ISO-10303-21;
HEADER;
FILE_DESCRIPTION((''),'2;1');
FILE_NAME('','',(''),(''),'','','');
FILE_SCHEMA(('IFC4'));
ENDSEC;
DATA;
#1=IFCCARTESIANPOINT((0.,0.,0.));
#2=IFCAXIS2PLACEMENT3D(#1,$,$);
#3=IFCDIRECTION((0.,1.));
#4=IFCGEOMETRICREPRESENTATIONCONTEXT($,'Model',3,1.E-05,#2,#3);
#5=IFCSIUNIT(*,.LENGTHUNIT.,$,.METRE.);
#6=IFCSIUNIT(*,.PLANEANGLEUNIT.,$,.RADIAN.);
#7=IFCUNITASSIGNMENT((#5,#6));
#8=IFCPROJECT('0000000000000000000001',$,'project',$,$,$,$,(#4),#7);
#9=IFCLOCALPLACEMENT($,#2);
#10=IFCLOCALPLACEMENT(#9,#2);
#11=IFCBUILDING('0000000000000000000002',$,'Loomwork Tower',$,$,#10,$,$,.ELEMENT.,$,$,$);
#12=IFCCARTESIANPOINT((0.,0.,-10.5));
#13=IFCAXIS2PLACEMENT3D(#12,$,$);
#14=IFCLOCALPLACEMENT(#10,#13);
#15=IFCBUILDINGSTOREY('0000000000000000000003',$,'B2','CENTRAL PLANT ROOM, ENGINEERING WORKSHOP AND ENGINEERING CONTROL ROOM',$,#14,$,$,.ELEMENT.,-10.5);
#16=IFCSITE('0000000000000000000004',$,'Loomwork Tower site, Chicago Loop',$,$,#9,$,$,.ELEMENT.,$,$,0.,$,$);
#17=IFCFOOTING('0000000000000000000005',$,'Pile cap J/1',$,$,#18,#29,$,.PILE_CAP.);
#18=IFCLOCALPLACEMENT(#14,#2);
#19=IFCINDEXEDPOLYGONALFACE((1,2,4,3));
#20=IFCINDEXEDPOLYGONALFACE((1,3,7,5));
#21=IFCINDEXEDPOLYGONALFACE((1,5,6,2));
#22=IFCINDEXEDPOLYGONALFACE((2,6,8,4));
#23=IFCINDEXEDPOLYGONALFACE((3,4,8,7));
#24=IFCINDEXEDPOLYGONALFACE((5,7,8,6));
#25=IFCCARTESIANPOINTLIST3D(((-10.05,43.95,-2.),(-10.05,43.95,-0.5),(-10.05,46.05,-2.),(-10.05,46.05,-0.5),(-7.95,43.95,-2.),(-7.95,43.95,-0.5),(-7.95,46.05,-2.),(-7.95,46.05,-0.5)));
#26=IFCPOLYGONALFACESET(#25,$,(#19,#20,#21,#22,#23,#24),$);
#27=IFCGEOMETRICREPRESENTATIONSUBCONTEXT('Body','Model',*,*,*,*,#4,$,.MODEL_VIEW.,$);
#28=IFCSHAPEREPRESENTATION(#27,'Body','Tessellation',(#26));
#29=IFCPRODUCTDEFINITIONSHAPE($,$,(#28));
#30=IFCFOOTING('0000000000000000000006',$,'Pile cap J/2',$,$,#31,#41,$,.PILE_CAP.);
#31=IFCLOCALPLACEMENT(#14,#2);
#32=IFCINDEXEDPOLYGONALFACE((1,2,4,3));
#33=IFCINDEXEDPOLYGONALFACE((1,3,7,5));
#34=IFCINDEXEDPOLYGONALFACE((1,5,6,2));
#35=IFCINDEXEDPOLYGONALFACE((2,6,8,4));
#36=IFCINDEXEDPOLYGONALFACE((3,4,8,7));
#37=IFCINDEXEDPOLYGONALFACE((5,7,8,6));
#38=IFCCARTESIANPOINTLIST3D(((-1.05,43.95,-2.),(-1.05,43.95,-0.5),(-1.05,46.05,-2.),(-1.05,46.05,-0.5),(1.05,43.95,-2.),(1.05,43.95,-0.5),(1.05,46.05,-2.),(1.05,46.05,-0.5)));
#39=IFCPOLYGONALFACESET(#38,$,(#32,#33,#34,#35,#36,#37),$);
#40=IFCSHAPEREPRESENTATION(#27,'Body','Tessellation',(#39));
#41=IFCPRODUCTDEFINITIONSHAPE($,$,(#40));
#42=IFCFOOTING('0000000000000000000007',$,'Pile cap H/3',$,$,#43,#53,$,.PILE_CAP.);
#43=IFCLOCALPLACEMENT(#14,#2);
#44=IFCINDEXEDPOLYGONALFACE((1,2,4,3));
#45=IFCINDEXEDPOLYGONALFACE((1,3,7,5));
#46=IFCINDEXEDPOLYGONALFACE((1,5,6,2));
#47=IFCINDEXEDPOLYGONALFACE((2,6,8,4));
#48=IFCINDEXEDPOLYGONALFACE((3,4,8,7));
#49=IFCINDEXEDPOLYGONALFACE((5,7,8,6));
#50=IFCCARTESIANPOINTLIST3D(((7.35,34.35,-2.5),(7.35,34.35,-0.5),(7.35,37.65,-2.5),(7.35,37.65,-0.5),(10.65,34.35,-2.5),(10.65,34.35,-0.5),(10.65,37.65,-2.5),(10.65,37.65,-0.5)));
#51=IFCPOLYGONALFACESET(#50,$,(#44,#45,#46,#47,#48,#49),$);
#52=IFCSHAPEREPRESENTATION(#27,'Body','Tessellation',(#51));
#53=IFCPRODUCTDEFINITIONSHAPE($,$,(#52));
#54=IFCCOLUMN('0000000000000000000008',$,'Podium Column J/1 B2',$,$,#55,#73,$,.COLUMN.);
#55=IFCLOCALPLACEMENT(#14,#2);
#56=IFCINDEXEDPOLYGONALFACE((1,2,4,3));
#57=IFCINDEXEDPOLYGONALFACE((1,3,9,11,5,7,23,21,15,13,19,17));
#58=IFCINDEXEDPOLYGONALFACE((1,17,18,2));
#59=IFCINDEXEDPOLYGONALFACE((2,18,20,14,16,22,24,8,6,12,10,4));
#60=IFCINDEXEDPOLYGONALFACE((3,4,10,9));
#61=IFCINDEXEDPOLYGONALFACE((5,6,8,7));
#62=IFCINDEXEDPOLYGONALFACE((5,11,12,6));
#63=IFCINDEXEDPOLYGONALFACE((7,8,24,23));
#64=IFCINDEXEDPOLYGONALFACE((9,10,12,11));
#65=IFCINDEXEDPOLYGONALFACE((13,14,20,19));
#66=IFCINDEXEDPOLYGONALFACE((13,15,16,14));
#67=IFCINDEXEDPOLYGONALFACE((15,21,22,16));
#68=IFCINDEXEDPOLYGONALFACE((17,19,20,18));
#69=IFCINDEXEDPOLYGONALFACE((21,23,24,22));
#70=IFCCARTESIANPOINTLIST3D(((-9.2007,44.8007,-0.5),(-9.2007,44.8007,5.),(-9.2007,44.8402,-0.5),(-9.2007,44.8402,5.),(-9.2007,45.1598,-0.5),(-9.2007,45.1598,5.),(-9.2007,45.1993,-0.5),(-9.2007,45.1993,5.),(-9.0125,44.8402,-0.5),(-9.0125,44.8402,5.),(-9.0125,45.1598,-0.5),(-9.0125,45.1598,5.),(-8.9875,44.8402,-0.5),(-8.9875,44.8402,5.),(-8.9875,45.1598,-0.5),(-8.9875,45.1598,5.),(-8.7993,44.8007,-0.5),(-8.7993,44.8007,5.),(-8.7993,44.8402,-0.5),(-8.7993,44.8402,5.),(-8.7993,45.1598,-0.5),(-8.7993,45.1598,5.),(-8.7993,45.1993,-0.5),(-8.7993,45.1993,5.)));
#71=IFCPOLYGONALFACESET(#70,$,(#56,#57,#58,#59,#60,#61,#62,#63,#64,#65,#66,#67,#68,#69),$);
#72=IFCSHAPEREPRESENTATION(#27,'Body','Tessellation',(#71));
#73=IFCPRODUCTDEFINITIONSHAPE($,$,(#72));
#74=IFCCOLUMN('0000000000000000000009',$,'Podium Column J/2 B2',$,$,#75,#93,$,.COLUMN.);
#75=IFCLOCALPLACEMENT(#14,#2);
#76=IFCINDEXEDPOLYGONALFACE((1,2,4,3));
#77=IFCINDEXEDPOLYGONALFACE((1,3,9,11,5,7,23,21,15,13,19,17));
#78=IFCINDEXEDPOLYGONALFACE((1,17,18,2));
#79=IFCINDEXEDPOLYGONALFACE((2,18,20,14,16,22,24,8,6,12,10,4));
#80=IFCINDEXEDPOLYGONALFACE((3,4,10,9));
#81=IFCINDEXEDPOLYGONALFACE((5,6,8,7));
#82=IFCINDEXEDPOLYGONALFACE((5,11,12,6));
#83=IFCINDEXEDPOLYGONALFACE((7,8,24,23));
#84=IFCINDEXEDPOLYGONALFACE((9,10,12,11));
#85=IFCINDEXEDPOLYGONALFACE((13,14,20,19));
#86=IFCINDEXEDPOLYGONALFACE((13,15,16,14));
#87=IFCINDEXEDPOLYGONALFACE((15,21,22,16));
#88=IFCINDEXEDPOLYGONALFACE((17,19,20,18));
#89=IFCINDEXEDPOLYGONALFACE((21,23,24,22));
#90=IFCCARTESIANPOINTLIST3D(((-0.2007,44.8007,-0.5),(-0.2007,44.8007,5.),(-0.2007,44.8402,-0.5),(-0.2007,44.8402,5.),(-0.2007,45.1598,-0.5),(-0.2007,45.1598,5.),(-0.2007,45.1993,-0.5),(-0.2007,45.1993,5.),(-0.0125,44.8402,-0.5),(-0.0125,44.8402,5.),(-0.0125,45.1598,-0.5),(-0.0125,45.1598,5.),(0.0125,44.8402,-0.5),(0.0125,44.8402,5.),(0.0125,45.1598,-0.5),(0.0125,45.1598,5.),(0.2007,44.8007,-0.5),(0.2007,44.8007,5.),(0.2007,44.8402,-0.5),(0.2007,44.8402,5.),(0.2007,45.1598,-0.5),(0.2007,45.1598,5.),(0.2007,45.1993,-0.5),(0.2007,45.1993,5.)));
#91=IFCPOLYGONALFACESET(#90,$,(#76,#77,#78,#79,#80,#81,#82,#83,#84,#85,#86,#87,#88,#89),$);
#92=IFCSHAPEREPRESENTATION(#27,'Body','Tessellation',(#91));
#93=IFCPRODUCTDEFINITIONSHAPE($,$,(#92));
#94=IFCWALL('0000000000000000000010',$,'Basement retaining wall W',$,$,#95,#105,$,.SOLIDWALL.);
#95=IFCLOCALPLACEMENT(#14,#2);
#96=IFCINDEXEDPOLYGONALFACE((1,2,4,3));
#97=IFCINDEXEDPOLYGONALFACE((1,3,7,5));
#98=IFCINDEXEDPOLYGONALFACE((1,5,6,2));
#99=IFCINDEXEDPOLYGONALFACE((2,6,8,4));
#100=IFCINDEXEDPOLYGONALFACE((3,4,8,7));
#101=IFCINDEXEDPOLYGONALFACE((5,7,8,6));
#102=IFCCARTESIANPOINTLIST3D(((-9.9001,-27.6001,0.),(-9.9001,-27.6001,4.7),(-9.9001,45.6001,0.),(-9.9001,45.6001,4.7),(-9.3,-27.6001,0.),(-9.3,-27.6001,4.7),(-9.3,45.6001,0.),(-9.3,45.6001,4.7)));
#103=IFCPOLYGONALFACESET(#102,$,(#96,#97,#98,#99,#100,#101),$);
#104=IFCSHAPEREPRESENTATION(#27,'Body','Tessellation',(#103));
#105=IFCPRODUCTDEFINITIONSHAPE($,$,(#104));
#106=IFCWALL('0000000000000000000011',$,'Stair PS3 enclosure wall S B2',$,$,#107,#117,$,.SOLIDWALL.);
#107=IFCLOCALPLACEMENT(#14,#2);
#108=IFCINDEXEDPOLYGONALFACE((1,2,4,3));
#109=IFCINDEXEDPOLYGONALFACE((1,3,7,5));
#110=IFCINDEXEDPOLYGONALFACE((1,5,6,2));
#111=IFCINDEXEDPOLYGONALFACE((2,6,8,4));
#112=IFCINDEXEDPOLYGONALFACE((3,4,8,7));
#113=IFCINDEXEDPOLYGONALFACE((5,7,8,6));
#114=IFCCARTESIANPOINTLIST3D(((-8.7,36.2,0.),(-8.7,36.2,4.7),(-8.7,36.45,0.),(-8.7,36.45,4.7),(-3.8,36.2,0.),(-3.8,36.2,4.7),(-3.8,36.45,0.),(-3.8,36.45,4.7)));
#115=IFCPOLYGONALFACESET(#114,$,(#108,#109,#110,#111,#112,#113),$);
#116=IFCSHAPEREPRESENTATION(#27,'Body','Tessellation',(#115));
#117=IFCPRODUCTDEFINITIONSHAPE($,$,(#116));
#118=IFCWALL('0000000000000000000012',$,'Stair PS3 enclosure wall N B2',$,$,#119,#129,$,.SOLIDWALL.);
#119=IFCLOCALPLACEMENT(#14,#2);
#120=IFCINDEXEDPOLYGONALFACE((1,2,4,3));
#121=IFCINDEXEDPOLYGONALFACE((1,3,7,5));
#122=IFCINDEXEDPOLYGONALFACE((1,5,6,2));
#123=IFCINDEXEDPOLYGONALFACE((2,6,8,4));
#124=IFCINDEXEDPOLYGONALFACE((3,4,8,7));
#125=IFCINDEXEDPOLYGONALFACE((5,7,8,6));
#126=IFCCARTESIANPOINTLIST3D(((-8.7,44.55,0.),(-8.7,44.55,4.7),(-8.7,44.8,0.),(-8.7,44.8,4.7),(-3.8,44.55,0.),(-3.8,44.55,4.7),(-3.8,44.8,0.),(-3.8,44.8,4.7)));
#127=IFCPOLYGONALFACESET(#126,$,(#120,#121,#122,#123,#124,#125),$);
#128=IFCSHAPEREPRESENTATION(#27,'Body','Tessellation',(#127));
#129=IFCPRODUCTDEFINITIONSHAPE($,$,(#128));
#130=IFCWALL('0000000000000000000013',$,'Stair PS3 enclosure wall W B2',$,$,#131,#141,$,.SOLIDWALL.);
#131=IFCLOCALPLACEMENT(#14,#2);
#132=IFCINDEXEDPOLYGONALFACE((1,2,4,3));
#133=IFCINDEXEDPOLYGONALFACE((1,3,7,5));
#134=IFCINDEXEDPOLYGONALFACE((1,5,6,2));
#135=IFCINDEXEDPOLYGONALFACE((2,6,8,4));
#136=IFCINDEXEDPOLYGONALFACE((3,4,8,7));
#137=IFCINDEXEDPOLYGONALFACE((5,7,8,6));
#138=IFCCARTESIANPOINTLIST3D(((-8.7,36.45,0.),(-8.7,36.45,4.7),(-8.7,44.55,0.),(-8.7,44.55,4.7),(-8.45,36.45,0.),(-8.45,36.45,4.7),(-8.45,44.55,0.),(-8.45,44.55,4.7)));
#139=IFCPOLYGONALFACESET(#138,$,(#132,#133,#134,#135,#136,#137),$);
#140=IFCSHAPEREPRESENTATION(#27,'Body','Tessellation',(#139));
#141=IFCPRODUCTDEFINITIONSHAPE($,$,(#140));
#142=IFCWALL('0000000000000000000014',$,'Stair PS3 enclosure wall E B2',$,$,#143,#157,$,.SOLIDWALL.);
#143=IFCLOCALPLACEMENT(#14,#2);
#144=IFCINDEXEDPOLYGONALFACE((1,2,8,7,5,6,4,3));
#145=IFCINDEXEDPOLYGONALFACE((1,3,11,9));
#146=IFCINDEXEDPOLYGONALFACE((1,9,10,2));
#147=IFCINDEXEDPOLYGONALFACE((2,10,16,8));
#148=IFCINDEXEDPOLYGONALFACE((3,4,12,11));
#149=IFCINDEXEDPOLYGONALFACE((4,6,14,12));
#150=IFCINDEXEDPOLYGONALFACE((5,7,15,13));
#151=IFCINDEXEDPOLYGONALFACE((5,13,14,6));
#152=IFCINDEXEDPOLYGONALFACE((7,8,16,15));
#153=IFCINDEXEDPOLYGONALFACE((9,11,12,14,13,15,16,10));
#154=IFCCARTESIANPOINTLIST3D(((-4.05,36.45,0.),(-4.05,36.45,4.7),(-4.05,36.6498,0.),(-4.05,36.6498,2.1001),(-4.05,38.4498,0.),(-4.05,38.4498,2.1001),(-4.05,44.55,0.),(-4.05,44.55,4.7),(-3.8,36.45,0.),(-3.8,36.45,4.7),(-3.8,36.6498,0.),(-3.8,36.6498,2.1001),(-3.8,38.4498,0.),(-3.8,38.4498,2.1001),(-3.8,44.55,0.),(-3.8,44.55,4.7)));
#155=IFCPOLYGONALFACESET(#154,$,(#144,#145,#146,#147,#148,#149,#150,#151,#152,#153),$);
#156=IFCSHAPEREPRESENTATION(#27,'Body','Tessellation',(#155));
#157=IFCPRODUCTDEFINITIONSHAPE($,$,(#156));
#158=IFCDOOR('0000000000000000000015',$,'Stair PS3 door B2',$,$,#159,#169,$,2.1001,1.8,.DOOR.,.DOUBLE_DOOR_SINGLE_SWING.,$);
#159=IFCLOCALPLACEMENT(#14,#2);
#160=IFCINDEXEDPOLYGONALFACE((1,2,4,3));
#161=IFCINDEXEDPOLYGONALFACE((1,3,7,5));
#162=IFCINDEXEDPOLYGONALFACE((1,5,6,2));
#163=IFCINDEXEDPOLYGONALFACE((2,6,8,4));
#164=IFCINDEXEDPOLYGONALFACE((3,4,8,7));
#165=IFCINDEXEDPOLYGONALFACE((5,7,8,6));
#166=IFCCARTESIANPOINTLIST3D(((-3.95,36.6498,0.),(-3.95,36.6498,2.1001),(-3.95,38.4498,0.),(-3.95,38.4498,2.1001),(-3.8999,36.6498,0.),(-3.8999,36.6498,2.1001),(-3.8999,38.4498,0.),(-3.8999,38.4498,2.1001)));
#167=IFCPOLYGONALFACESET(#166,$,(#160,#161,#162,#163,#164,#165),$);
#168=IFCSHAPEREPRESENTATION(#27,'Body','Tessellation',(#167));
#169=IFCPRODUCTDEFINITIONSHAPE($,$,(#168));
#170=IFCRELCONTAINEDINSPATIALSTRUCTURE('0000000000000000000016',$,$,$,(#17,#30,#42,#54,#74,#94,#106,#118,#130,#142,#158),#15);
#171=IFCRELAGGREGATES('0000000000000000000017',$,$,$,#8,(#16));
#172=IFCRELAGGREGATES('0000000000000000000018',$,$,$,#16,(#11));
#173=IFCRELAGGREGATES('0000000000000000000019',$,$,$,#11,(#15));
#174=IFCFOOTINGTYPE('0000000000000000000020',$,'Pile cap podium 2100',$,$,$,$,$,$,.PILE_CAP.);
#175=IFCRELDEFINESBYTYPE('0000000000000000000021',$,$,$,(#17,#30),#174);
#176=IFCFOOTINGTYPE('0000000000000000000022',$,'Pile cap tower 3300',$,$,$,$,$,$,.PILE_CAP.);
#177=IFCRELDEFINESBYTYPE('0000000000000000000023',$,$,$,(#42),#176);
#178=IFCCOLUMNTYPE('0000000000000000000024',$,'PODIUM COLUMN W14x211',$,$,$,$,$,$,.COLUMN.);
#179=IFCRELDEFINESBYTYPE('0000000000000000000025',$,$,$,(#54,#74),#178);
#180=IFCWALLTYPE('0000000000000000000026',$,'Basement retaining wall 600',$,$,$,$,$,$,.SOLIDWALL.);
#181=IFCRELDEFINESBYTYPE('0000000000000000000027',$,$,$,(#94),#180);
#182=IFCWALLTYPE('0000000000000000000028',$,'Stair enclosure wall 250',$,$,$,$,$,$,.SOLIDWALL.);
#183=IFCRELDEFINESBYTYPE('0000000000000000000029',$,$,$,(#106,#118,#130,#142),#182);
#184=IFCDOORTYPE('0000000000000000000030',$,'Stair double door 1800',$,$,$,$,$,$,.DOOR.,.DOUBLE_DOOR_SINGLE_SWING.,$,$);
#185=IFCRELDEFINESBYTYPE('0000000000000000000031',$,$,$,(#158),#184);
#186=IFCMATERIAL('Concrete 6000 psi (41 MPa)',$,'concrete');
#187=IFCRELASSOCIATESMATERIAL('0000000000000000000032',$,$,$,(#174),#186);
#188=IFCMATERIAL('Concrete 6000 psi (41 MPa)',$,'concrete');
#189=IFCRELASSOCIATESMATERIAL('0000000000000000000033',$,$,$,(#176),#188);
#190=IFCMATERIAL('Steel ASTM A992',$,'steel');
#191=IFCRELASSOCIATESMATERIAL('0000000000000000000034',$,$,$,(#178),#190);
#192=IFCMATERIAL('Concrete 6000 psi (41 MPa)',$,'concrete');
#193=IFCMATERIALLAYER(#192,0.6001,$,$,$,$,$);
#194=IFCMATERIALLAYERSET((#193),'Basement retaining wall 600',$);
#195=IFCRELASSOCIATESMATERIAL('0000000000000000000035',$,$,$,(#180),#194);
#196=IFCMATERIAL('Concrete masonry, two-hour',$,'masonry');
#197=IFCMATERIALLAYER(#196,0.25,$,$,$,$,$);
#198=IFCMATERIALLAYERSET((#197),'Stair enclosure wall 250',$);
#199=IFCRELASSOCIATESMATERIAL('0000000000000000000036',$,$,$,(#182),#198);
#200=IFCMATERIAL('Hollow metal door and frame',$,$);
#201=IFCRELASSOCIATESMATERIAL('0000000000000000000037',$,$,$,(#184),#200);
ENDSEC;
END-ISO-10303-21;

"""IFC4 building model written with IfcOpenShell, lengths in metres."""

from ifc_helpers import new_model, si_unit, direction, frame, frame_2d, origin, origin_2d, place, context, subcontext, project, spatial, rectangle, i_section, extrude, material, layer, layer_set, material_profile, profile_set, type_object, element, fill, save


model = new_model("IFC4")

# Units and contexts
model_context = context("Model", 3, precision=1e-05, world=origin(), true_north=direction((0.0, 1.0)))
body_context = subcontext(model_context, "Body", "Model", "MODEL_VIEW")
ifc_project = project(units=[si_unit("LENGTHUNIT", "METRE"), si_unit("PLANEANGLEUNIT", "RADIAN")], contexts=[model_context])

# Site, building, storey
site_placement = place(None, origin())
site = spatial("IfcSite", under=ifc_project, at=site_placement, Name="Loomwork Tower site, Chicago Loop", CompositionType="ELEMENT", RefElevation=0.0)
building_placement = place(site_placement, origin())
building = spatial("IfcBuilding", under=site, at=building_placement, Name="Loomwork Tower", CompositionType="ELEMENT")
storey_placement = place(building_placement, frame((0.0, 0.0, -10.5)))
storey = spatial("IfcBuildingStorey", under=building, at=storey_placement, Name="B2", Description="CENTRAL PLANT ROOM, ENGINEERING WORKSHOP AND ENGINEERING CONTROL ROOM", CompositionType="ELEMENT", Elevation=-10.5)

# Footings
ifc_material_1 = material(Name="Concrete 6000 psi (41 MPa)", Category="concrete")
footing_type_1 = type_object("IfcFootingType", Name="Pile cap podium 2100", PredefinedType="PILE_CAP", material=ifc_material_1)
for number, where, z_axis, x_axis, name in (
    (1, (-9.0, 45.0, -2.0), (0.0, 0.0, 1.0), (1.0, 0.0, 0.0), "Pile cap J/1"),
    (2, (0.0, 45.0, -2.0), (0.0, 0.0, 1.0), (1.0, 0.0, 0.0), "Pile cap J/2"),
):
    element("IfcFooting", number, at=place(storey_placement, frame(where, z_axis=z_axis, x_axis=x_axis)), inside=storey, type_object=footing_type_1, Name=name, PredefinedType="PILE_CAP", context=body_context, shape_type="SweptSolid", body=[
        extrude(rectangle(XDim=2.1001, YDim=2.1001, at=origin_2d()), origin(), (0.0, 0.0, 1.0), 1.5),
    ])
ifc_material_2 = material(Name="Concrete 6000 psi (41 MPa)", Category="concrete")
footing_type_2 = type_object("IfcFootingType", Name="Pile cap tower 3300", PredefinedType="PILE_CAP", material=ifc_material_2)
footing_placement = place(storey_placement, frame((9.0, 36.0, -2.5), z_axis=(0.0, 0.0, 1.0), x_axis=(1.0, 0.0, 0.0)))
element("IfcFooting", 3, at=footing_placement, inside=storey, type_object=footing_type_2, Name="Pile cap H/3", PredefinedType="PILE_CAP", context=body_context, shape_type="SweptSolid", body=[
    extrude(rectangle(XDim=3.3, YDim=3.3, at=origin_2d()), origin(), (0.0, 0.0, 1.0), 2.0),
])

# Columns
ifc_material_3 = material(Name="Steel ASTM A992", Category="steel")
ifc_material_profile_1 = material_profile(ifc_material_3, i_section(OverallWidth=0.4014, OverallDepth=0.3987, WebThickness=0.0249, FlangeThickness=0.0396, at=origin_2d()), Name="W14x211")
ifc_profile_set_1 = profile_set([ifc_material_profile_1], Name="Steel ASTM A992")
column_type = type_object("IfcColumnType", Name="PODIUM COLUMN W14x211", PredefinedType="COLUMN", material=ifc_profile_set_1)
for number, where, z_axis, x_axis, name in (
    (4, (-9.0, 45.0, -0.5), (0.0, 0.0, 1.0), (1.0, 0.0, 0.0), "Podium Column J/1 B2"),
    (5, (0.0, 45.0, -0.5), (0.0, 0.0, 1.0), (1.0, 0.0, 0.0), "Podium Column J/2 B2"),
):
    element("IfcColumn", number, at=place(storey_placement, frame(where, z_axis=z_axis, x_axis=x_axis)), inside=storey, type_object=column_type, Name=name, PredefinedType="COLUMN", context=body_context, shape_type="SweptSolid", body=[
        extrude(i_section(OverallWidth=0.4014, OverallDepth=0.3987, WebThickness=0.0249, FlangeThickness=0.0396, at=origin_2d()), origin(), (0.0, 0.0, 1.0), 5.5),
    ])

# Walls
ifc_material_4 = material(Name="Concrete 6000 psi (41 MPa)", Category="concrete")
ifc_layer_1 = layer(ifc_material_4, 0.6001)
ifc_layer_set_1 = layer_set([ifc_layer_1], Name="Basement retaining wall 600")
wall_type_1 = type_object("IfcWallType", Name="Basement retaining wall 600", PredefinedType="SOLIDWALL", material=ifc_layer_set_1)
wall_1_placement = place(storey_placement, frame((-9.6001, 45.6001, 0.0), z_axis=(0.0, 0.0, 1.0), x_axis=(0.0, -1.0, 0.0)))
element("IfcWall", 6, at=wall_1_placement, inside=storey, type_object=wall_type_1, Name="Basement retaining wall W", PredefinedType="SOLIDWALL", context=body_context, shape_type="SweptSolid", body=[
    extrude(rectangle(XDim=73.2002, YDim=0.6001, at=frame_2d((36.6001, 0.0))), origin(), (0.0, 0.0, 1.0), 4.7),
])
ifc_material_5 = material(Name="Concrete masonry, two-hour", Category="masonry")
ifc_layer_2 = layer(ifc_material_5, 0.25)
ifc_layer_set_2 = layer_set([ifc_layer_2], Name="Stair enclosure wall 250")
wall_type_2 = type_object("IfcWallType", Name="Stair enclosure wall 250", PredefinedType="SOLIDWALL", material=ifc_layer_set_2)
for number, where, z_axis, x_axis, name in (
    (7, (-8.7, 36.325, 0.0), (0.0, 0.0, 1.0), (1.0, 0.0, 0.0), "Stair PS3 enclosure wall S B2"),
    (8, (-8.7, 44.675, 0.0), (0.0, 0.0, 1.0), (1.0, 0.0, 0.0), "Stair PS3 enclosure wall N B2"),
):
    element("IfcWall", number, at=place(storey_placement, frame(where, z_axis=z_axis, x_axis=x_axis)), inside=storey, type_object=wall_type_2, Name=name, PredefinedType="SOLIDWALL", context=body_context, shape_type="SweptSolid", body=[
        extrude(rectangle(XDim=4.8999, YDim=0.25, at=frame_2d((2.45, 0.0))), origin(), (0.0, 0.0, 1.0), 4.7),
    ])
wall_2_placement = place(storey_placement, frame((-8.575, 36.45, 0.0), z_axis=(0.0, 0.0, 1.0), x_axis=(0.0, 1.0, 0.0)))
element("IfcWall", 9, at=wall_2_placement, inside=storey, type_object=wall_type_2, Name="Stair PS3 enclosure wall W B2", PredefinedType="SOLIDWALL", context=body_context, shape_type="SweptSolid", body=[
    extrude(rectangle(XDim=8.1001, YDim=0.25, at=frame_2d((4.05, 0.0))), origin(), (0.0, 0.0, 1.0), 4.7),
])

# Wall, opening, door
wall_3_placement = place(storey_placement, frame((-3.925, 36.45, 0.0), z_axis=(0.0, 0.0, 1.0), x_axis=(0.0, 1.0, 0.0)))
wall_3 = element("IfcWall", 10, at=wall_3_placement, inside=storey, type_object=wall_type_2, Name="Stair PS3 enclosure wall E B2", PredefinedType="SOLIDWALL", context=body_context, shape_type="SweptSolid", body=[
    extrude(rectangle(XDim=8.1001, YDim=0.25, at=frame_2d((4.05, 0.0))), origin(), (0.0, 0.0, 1.0), 4.7),
])
opening_placement = place(wall_3_placement, frame((0.2, 0.0, 0.0)))
opening = element("IfcOpeningElement", 11, at=opening_placement, cuts=wall_3, PredefinedType="OPENING", context=body_context, shape_type="SweptSolid", body=[
    extrude(rectangle(XDim=1.8, YDim=2.1001, at=frame_2d((0.8999, 1.05))), frame((0.0, 0.135, 0.0), z_axis=(0.0, -1.0, 0.0), x_axis=(1.0, 0.0, 0.0)), (0.0, 0.0, 1.0), 0.27),
])
ifc_material_6 = material(Name="Hollow metal door and frame")
door_type = type_object("IfcDoorType", Name="Stair double door 1800", OperationType="DOUBLE_DOOR_SINGLE_SWING", PredefinedType="DOOR", material=ifc_material_6)
door_placement = place(opening_placement, origin())
door = element("IfcDoor", 12, at=door_placement, inside=storey, type_object=door_type, Name="Stair PS3 door B2", OperationType="DOUBLE_DOOR_SINGLE_SWING", OverallHeight=2.1001, OverallWidth=1.8, PredefinedType="DOOR", context=body_context, shape_type="SweptSolid", body=[
    extrude(rectangle(XDim=1.8, YDim=2.1001, at=frame_2d((0.8999, 1.05))), frame((0.0, 0.0249, 0.0), z_axis=(0.0, -1.0, 0.0), x_axis=(1.0, 0.0, 0.0)), (0.0, 0.0, 1.0), 0.05),
])
fill(opening, door)

save(model, "model.ifc")
